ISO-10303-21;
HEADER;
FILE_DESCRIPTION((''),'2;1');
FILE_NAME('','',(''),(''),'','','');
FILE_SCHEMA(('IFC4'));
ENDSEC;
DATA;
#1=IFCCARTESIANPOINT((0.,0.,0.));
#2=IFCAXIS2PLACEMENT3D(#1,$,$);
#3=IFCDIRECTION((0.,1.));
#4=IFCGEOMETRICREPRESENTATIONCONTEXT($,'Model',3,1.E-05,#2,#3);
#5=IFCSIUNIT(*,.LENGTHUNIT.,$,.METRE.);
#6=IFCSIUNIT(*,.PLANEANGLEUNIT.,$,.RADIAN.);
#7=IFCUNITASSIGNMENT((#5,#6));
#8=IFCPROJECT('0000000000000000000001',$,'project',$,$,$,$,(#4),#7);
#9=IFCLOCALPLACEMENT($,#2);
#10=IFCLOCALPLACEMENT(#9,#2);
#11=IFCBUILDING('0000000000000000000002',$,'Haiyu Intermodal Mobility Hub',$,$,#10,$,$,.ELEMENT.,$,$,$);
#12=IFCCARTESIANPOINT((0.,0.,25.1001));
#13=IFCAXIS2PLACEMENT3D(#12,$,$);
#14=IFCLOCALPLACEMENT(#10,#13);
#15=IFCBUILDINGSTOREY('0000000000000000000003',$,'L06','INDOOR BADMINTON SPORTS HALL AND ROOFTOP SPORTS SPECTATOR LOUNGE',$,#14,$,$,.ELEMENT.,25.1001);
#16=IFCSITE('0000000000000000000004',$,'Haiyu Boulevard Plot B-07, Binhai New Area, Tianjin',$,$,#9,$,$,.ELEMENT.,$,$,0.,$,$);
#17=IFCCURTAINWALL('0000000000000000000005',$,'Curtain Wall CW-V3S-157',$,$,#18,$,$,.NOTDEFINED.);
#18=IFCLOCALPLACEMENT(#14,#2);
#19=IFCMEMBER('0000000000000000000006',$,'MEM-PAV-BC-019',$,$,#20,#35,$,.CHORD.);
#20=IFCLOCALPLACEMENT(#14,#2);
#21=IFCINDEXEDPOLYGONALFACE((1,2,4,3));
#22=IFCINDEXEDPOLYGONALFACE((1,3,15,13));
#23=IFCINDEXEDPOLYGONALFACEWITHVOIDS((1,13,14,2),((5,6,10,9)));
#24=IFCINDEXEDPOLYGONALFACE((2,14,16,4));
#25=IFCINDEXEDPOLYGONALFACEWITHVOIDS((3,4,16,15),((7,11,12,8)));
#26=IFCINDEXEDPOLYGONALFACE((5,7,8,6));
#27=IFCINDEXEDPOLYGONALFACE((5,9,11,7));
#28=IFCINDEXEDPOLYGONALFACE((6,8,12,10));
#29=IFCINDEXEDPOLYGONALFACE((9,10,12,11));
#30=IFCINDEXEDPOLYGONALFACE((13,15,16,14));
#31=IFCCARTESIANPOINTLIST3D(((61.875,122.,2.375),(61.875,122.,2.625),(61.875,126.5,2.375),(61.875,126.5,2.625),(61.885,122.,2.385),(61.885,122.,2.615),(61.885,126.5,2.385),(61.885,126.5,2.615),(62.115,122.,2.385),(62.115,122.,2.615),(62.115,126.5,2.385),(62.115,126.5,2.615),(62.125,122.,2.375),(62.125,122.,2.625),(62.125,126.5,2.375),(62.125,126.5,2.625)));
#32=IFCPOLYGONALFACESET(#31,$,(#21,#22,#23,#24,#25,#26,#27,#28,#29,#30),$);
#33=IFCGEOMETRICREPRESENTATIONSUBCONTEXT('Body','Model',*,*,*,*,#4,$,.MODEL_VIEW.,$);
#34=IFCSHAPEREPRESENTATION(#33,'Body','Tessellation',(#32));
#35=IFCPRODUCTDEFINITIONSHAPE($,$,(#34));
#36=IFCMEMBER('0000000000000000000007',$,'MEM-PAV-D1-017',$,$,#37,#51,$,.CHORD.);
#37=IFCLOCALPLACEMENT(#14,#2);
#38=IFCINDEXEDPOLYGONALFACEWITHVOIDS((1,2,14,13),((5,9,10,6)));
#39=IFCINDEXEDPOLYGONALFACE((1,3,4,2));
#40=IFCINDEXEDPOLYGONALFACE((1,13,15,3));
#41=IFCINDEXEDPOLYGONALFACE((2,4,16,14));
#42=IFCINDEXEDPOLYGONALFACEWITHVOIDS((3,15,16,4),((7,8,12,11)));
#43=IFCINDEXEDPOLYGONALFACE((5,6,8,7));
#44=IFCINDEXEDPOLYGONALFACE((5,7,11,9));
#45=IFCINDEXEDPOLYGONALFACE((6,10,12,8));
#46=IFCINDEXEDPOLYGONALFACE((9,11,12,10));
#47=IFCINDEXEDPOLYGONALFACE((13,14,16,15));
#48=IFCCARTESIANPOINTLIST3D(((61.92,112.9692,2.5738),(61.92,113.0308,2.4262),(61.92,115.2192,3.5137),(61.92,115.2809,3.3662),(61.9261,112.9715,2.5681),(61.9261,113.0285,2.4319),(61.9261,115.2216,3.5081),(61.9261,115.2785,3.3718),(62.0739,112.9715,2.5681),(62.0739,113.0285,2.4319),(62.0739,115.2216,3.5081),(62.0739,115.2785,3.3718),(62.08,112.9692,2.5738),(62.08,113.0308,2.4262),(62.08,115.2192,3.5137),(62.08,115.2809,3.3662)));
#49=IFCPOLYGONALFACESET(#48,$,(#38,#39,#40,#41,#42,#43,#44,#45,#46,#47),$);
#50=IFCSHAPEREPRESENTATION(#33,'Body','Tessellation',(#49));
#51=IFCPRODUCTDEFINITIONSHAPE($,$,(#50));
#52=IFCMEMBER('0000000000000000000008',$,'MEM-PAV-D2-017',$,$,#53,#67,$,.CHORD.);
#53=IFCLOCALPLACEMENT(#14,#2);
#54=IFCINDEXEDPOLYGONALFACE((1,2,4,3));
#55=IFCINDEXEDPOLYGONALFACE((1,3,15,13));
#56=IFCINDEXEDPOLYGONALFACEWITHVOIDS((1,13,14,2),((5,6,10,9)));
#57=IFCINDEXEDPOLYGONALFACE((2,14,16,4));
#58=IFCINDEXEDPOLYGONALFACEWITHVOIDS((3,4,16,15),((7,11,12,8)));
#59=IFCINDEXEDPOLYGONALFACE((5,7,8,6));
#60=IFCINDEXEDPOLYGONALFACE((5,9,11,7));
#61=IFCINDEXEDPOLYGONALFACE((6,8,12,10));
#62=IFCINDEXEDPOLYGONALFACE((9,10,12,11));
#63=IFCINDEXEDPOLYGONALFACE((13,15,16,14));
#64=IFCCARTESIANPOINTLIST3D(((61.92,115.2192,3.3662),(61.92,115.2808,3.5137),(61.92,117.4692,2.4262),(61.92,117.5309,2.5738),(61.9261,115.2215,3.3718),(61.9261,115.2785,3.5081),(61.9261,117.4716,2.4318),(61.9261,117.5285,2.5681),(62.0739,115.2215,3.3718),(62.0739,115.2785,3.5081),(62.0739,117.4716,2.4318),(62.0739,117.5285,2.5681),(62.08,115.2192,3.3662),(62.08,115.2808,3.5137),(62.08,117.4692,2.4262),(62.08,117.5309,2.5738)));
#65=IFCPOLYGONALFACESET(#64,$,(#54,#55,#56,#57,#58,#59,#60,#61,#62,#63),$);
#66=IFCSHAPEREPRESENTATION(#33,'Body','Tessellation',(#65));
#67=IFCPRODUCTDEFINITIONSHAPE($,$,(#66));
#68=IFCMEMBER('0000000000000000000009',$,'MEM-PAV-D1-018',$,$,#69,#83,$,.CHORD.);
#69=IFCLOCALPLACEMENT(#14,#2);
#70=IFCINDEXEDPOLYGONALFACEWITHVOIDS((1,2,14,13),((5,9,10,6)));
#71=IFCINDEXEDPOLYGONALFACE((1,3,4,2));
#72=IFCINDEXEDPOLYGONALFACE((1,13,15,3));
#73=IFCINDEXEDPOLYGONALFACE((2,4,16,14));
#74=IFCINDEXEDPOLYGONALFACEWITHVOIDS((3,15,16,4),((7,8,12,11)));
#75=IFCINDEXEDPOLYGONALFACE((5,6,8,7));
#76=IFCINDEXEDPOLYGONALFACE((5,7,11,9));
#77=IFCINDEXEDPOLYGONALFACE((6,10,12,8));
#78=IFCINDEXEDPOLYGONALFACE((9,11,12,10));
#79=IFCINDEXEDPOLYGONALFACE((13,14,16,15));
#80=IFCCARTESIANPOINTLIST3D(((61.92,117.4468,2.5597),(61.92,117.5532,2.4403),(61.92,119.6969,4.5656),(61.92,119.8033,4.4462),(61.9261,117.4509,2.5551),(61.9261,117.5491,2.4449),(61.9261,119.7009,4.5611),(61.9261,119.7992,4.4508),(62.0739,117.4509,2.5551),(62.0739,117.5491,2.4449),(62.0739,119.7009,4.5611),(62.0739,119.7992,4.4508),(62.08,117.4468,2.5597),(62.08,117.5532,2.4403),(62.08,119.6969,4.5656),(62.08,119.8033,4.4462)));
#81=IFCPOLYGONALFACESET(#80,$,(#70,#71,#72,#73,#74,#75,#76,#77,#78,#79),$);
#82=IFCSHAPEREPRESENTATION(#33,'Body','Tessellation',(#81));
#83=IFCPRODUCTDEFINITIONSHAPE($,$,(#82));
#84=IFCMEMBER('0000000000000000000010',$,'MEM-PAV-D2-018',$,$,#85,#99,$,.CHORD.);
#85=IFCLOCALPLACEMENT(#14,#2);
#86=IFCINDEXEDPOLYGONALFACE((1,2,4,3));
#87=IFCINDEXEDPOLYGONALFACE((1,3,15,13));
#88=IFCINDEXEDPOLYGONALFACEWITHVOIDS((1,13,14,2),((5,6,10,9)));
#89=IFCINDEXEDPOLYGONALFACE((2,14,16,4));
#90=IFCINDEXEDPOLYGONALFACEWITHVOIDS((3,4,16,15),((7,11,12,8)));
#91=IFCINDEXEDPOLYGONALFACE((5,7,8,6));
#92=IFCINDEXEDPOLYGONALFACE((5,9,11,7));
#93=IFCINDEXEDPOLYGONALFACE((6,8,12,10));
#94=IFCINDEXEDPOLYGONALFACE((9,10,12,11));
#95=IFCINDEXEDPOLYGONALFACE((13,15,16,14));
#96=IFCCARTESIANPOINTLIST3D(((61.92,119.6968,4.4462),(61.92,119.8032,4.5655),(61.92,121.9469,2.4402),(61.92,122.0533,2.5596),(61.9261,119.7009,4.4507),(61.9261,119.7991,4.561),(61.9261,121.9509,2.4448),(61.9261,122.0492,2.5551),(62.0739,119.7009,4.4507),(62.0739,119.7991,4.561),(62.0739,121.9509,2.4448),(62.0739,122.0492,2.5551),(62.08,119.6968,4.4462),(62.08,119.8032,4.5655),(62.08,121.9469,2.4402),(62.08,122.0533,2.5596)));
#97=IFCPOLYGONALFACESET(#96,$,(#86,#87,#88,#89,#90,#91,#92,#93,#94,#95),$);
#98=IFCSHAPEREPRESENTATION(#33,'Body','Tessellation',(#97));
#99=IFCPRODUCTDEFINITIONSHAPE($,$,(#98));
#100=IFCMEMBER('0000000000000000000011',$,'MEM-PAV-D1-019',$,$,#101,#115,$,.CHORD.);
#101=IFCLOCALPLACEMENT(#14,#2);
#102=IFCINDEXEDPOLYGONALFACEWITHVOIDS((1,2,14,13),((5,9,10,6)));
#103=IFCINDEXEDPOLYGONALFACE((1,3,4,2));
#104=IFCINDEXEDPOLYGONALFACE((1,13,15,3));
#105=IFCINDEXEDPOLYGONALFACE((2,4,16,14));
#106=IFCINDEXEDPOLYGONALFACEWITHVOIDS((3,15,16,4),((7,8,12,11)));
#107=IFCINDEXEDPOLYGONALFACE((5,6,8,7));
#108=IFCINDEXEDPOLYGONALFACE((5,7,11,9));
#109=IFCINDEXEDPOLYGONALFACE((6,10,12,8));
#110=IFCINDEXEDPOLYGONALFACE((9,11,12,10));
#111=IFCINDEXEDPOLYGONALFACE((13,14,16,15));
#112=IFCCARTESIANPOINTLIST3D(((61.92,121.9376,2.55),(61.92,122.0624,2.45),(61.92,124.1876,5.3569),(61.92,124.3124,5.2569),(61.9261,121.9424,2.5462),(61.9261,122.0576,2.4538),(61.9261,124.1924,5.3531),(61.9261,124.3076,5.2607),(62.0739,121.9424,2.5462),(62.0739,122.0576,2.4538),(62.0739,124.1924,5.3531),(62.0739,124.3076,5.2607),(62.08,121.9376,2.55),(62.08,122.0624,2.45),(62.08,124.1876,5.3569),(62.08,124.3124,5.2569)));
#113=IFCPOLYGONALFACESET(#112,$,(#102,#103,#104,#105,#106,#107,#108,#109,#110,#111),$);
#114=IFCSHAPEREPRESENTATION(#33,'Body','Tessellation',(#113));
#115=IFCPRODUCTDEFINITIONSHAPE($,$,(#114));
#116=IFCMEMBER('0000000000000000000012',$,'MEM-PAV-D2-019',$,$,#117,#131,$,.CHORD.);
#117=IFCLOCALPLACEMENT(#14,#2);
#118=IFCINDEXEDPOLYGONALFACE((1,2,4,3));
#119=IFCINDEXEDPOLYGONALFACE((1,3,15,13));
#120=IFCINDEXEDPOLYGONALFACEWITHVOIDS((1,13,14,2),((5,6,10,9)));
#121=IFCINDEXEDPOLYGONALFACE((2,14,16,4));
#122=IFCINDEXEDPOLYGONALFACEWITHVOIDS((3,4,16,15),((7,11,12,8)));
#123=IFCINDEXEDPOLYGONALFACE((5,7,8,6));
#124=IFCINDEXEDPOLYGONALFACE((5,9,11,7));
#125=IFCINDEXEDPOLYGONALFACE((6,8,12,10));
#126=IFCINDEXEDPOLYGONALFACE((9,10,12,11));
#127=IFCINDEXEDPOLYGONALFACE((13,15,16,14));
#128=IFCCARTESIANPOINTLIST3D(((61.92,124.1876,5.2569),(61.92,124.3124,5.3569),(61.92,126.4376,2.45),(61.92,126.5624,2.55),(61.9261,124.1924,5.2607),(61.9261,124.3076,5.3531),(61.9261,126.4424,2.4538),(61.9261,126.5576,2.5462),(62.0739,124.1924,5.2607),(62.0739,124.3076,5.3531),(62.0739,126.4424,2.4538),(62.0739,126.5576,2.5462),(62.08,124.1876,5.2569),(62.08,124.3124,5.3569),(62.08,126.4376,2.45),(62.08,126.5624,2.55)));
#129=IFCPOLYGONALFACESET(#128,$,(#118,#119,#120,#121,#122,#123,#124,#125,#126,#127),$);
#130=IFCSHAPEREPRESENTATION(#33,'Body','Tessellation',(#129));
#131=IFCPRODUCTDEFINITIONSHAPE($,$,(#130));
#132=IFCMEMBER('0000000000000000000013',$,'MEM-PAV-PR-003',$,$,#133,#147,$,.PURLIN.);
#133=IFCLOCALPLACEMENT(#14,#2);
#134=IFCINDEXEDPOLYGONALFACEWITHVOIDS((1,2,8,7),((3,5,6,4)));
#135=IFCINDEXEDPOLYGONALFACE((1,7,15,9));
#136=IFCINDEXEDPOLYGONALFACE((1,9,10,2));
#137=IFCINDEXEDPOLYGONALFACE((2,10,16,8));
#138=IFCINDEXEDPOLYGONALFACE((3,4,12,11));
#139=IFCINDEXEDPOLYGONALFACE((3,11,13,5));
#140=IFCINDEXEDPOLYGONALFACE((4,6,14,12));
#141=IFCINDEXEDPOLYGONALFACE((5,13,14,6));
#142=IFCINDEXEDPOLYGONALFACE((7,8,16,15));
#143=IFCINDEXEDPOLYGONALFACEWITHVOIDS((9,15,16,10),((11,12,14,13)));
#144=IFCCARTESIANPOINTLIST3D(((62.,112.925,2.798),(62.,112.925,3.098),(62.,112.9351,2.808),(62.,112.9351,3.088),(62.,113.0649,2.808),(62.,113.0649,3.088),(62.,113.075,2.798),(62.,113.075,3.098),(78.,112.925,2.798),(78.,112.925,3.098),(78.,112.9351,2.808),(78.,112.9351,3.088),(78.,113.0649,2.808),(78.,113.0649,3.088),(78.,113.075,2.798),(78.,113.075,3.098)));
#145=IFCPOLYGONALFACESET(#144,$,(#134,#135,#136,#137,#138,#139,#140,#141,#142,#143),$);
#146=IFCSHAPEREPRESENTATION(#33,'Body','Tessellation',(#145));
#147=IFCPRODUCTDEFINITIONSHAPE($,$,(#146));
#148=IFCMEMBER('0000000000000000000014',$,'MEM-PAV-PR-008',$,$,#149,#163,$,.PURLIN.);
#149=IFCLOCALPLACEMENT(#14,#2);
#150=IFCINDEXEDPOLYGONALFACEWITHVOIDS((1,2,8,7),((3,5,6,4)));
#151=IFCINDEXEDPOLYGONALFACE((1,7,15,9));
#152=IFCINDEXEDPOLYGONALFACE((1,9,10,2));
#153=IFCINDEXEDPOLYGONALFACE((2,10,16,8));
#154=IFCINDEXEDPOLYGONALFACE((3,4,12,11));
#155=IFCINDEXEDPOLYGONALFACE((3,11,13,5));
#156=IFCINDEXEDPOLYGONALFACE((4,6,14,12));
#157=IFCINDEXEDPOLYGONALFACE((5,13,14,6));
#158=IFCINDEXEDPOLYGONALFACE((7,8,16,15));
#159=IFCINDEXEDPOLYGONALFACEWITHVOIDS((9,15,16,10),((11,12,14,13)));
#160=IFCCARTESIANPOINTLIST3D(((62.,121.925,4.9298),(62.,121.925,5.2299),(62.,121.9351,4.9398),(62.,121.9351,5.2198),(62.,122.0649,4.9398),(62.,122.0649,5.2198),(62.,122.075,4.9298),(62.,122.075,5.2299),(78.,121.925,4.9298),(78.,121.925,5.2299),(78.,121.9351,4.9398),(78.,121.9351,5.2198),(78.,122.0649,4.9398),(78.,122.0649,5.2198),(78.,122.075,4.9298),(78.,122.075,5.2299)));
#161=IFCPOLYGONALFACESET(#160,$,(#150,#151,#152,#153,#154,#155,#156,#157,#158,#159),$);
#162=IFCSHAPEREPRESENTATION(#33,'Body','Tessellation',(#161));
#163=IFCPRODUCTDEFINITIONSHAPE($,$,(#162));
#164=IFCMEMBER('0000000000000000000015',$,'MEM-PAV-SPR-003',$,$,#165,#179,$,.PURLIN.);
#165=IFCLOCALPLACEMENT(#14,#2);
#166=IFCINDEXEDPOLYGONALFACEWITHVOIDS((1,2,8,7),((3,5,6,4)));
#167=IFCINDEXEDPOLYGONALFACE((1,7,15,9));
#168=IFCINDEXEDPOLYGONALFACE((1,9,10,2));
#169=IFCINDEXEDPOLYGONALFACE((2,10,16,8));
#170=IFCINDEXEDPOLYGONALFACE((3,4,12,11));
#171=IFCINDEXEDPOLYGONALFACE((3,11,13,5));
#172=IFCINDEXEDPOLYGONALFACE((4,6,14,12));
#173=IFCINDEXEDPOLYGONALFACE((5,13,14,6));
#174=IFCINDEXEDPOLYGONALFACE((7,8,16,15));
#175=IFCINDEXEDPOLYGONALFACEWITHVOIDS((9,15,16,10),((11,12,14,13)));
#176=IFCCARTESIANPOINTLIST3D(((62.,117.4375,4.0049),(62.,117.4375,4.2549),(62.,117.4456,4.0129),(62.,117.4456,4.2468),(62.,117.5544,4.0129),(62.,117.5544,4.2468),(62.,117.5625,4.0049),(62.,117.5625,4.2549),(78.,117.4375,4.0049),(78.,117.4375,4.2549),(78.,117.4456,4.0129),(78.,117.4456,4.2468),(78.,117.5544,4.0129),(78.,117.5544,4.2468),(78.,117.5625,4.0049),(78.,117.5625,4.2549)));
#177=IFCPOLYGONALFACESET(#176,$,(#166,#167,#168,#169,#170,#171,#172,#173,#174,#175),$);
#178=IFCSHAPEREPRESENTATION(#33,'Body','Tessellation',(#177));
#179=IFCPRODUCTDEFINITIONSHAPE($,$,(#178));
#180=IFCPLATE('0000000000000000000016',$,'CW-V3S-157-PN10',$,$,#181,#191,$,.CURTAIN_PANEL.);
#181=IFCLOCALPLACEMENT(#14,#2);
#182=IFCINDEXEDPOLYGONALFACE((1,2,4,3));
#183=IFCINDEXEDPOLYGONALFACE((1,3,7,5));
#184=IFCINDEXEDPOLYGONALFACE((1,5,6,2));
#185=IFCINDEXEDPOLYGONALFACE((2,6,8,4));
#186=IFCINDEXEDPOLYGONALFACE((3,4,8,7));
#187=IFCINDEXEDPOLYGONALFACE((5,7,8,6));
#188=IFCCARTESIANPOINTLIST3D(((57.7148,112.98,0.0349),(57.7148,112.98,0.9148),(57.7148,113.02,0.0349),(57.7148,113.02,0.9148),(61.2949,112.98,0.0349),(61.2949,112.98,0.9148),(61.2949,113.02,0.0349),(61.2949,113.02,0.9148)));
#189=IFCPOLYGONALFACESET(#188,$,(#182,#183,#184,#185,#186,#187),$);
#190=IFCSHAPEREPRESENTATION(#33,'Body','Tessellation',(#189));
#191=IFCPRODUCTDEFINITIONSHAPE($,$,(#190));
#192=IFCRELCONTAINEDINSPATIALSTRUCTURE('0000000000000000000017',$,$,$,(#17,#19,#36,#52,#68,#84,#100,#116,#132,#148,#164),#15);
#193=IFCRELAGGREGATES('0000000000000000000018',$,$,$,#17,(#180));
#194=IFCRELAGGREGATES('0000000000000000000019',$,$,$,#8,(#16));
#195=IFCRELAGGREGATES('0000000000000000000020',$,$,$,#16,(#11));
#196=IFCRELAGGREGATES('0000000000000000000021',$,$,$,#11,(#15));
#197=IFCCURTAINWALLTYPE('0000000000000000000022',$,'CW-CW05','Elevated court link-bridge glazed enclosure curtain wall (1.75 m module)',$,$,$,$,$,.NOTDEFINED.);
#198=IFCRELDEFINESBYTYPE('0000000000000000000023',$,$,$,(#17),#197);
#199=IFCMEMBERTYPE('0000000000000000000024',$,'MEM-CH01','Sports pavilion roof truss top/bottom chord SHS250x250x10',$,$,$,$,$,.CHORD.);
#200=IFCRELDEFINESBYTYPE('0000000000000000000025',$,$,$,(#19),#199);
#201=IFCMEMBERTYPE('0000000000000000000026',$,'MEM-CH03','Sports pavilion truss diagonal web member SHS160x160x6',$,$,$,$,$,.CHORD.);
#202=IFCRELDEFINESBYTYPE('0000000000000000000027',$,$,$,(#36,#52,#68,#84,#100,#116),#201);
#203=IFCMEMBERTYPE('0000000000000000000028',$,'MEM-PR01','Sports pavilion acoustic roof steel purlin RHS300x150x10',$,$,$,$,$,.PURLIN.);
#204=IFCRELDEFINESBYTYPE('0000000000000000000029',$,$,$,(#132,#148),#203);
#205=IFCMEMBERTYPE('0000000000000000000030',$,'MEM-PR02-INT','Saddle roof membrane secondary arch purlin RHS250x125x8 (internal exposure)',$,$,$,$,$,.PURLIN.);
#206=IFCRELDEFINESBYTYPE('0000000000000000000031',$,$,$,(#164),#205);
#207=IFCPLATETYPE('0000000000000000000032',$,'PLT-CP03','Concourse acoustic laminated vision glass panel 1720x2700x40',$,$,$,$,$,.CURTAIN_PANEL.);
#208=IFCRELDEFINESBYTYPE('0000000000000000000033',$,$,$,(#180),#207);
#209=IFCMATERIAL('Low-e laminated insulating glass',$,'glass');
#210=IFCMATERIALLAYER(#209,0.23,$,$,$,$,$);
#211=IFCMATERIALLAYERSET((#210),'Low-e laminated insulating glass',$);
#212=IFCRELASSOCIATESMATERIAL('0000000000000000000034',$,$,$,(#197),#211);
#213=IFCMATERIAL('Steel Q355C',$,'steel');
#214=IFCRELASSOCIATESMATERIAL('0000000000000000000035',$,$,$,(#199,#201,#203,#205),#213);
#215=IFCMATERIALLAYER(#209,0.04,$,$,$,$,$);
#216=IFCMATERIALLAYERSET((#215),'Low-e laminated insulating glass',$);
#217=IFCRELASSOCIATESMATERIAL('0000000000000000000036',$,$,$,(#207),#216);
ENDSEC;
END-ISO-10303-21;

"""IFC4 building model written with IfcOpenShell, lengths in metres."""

from ifc_helpers import new_model, si_unit, direction, frame, origin, origin_2d, place, context, subcontext, project, spatial, rectangle, hollow_rectangle, extrude, material, layer, layer_set, material_profile, profile_set, type_object, element, aggregate, save


model = new_model("IFC4")

# Units and contexts
model_context = context("Model", 3, precision=1e-05, world=origin(), true_north=direction((0.0, 1.0)))
body_context = subcontext(model_context, "Body", "Model", "MODEL_VIEW")
ifc_project = project(units=[si_unit("LENGTHUNIT", "METRE"), si_unit("PLANEANGLEUNIT", "RADIAN")], contexts=[model_context])

# Site, building, storey
site_placement = place(None, origin())
site = spatial("IfcSite", under=ifc_project, at=site_placement, Name="Haiyu Boulevard Plot B-07, Binhai New Area, Tianjin", CompositionType="ELEMENT", RefElevation=0.0)
building_placement = place(site_placement, origin())
building = spatial("IfcBuilding", under=site, at=building_placement, Name="Haiyu Intermodal Mobility Hub", CompositionType="ELEMENT")
storey_placement = place(building_placement, frame((0.0, 0.0, 25.1001)))
storey = spatial("IfcBuildingStorey", under=building, at=storey_placement, Name="L06", Description="INDOOR BADMINTON SPORTS HALL AND ROOFTOP SPORTS SPECTATOR LOUNGE", CompositionType="ELEMENT", Elevation=25.1001)

# Shared definitions
ifc_material_1 = material(Name="Steel Q355C", Category="steel")

# Curtain wall
ifc_material_2 = material(Name="Low-e laminated insulating glass", Category="glass")
ifc_layer_1 = layer(ifc_material_2, 0.23)
ifc_layer_set_1 = layer_set([ifc_layer_1], Name="Low-e laminated insulating glass")
curtain_wall_type = type_object("IfcCurtainWallType", Name="CW-CW05", Description="Elevated court link-bridge glazed enclosure curtain wall (1.75 m module)", PredefinedType="NOTDEFINED", material=ifc_layer_set_1)
curtain_wall_placement = place(storey_placement, origin())
curtain_wall = element("IfcCurtainWall", 1, at=curtain_wall_placement, inside=storey, type_object=curtain_wall_type, Name="Curtain Wall CW-V3S-157", PredefinedType="NOTDEFINED")

# Members
ifc_material_profile_1 = material_profile(ifc_material_1, hollow_rectangle(XDim=0.25, YDim=0.25, WallThickness=0.01, at=origin_2d()), Name="SHS250x250x10")
ifc_profile_set_1 = profile_set([ifc_material_profile_1], Name="Steel Q355C")
member_type_1 = type_object("IfcMemberType", Name="MEM-CH01", Description="Sports pavilion roof truss top/bottom chord SHS250x250x10", PredefinedType="CHORD", material=ifc_profile_set_1)
member_1_placement = place(storey_placement, frame((62.0, 122.0, 2.5), z_axis=(0.0, 1.0, 0.0), x_axis=(-1.0, 0.0, 0.0)))
element("IfcMember", 2, at=member_1_placement, inside=storey, type_object=member_type_1, Name="MEM-PAV-BC-019", PredefinedType="CHORD", context=body_context, shape_type="SweptSolid", body=[
    extrude(hollow_rectangle(XDim=0.25, YDim=0.25, WallThickness=0.01, at=origin_2d()), origin(), (0.0, 0.0, 1.0), 4.5),
])
ifc_material_profile_2 = material_profile(ifc_material_1, hollow_rectangle(XDim=0.1599, YDim=0.1599, WallThickness=0.0061, at=origin_2d()), Name="SHS160x160x6")
ifc_profile_set_2 = profile_set([ifc_material_profile_2], Name="Steel Q355C")
member_type_2 = type_object("IfcMemberType", Name="MEM-CH03", Description="Sports pavilion truss diagonal web member SHS160x160x6", PredefinedType="CHORD", material=ifc_profile_set_2)
for number, where, z_axis, x_axis, name in (
    (3, (62.0, 113.0, 2.5), (0.0, 0.922721, 0.385468), (-1.0, 0.0, 0.0), "MEM-PAV-D1-017"),
    (4, (62.0, 115.25, 3.4399), (0.0, 0.922721, -0.385468), (-1.0, 0.0, 0.0), "MEM-PAV-D2-017"),
):
    element("IfcMember", number, at=place(storey_placement, frame(where, z_axis=z_axis, x_axis=x_axis)), inside=storey, type_object=member_type_2, Name=name, PredefinedType="CHORD", context=body_context, shape_type="SweptSolid", body=[
        extrude(hollow_rectangle(XDim=0.1599, YDim=0.1599, WallThickness=0.0061, at=origin_2d()), origin(), (0.0, 0.0, 1.0), 2.4385),
    ])
for number, where, z_axis, x_axis, name in (
    (5, (62.0, 117.5, 2.5), (0.0, 0.746443, 0.665449), (-1.0, 0.0, 0.0), "MEM-PAV-D1-018"),
    (6, (62.0, 119.75, 4.5059), (0.0, 0.746443, -0.665449), (-1.0, 0.0, 0.0), "MEM-PAV-D2-018"),
):
    element("IfcMember", number, at=place(storey_placement, frame(where, z_axis=z_axis, x_axis=x_axis)), inside=storey, type_object=member_type_2, Name=name, PredefinedType="CHORD", context=body_context, shape_type="SweptSolid", body=[
        extrude(hollow_rectangle(XDim=0.1599, YDim=0.1599, WallThickness=0.0061, at=origin_2d()), origin(), (0.0, 0.0, 1.0), 3.0144),
    ])
for number, where, z_axis, x_axis, name in (
    (7, (62.0, 122.0, 2.5), (0.0, 0.625456, 0.780259), (-1.0, 0.0, 0.0), "MEM-PAV-D1-019"),
    (8, (62.0, 124.25, 5.3069), (0.0, 0.625456, -0.780259), (-1.0, 0.0, 0.0), "MEM-PAV-D2-019"),
):
    element("IfcMember", number, at=place(storey_placement, frame(where, z_axis=z_axis, x_axis=x_axis)), inside=storey, type_object=member_type_2, Name=name, PredefinedType="CHORD", context=body_context, shape_type="SweptSolid", body=[
        extrude(hollow_rectangle(XDim=0.1599, YDim=0.1599, WallThickness=0.0061, at=origin_2d()), origin(), (0.0, 0.0, 1.0), 3.5974),
    ])
ifc_material_profile_3 = material_profile(ifc_material_1, hollow_rectangle(XDim=0.1499, YDim=0.3, WallThickness=0.01, at=origin_2d()), Name="RHS300x150x10")
ifc_profile_set_3 = profile_set([ifc_material_profile_3], Name="Steel Q355C")
member_type_3 = type_object("IfcMemberType", Name="MEM-PR01", Description="Sports pavilion acoustic roof steel purlin RHS300x150x10", PredefinedType="PURLIN", material=ifc_profile_set_3)
for number, where, z_axis, x_axis, name in (
    (9, (62.0, 113.0, 2.948), (1.0, 0.0, 0.0), (0.0, 1.0, 0.0), "MEM-PAV-PR-003"),
    (10, (62.0, 122.0, 5.0798), (1.0, 0.0, 0.0), (0.0, 1.0, 0.0), "MEM-PAV-PR-008"),
):
    element("IfcMember", number, at=place(storey_placement, frame(where, z_axis=z_axis, x_axis=x_axis)), inside=storey, type_object=member_type_3, Name=name, PredefinedType="PURLIN", context=body_context, shape_type="SweptSolid", body=[
        extrude(hollow_rectangle(XDim=0.1499, YDim=0.3, WallThickness=0.01, at=origin_2d()), origin(), (0.0, 0.0, 1.0), 16.0),
    ])
ifc_material_profile_4 = material_profile(ifc_material_1, hollow_rectangle(XDim=0.125, YDim=0.25, WallThickness=0.0081, at=origin_2d()), Name="RHS250x125x8")
ifc_profile_set_4 = profile_set([ifc_material_profile_4], Name="Steel Q355C")
member_type_4 = type_object("IfcMemberType", Name="MEM-PR02-INT", Description="Saddle roof membrane secondary arch purlin RHS250x125x8 (internal exposure)", PredefinedType="PURLIN", material=ifc_profile_set_4)
member_2_placement = place(storey_placement, frame((62.0, 117.5, 4.1299), z_axis=(1.0, 0.0, 0.0), x_axis=(0.0, 1.0, 0.0)))
element("IfcMember", 11, at=member_2_placement, inside=storey, type_object=member_type_4, Name="MEM-PAV-SPR-003", PredefinedType="PURLIN", context=body_context, shape_type="SweptSolid", body=[
    extrude(hollow_rectangle(XDim=0.125, YDim=0.25, WallThickness=0.0081, at=origin_2d()), origin(), (0.0, 0.0, 1.0), 16.0),
])

# Plate
ifc_layer_2 = layer(ifc_material_2, 0.04)
ifc_layer_set_2 = layer_set([ifc_layer_2], Name="Low-e laminated insulating glass")
plate_type_1 = type_object("IfcPlateType", Name="PLT-CP03", Description="Concourse acoustic laminated vision glass panel 1720x2700x40", PredefinedType="CURTAIN_PANEL", material=ifc_layer_set_2)
plate_1_placement = place(storey_placement, frame((59.5049, 113.0, 0.0349), z_axis=(0.0, 0.0, 1.0), x_axis=(1.0, 0.0, 0.0)))
plate_1 = element("IfcPlate", 12, at=plate_1_placement, type_object=plate_type_1, Name="CW-V3S-157-PN10", PredefinedType="CURTAIN_PANEL", context=body_context, shape_type="SweptSolid", body=[
    extrude(rectangle(XDim=3.5801, YDim=0.04, at=origin_2d()), origin(), (0.0, 0.0, 1.0), 0.8799),
])
aggregate(curtain_wall, [plate_1])

save(model, "model.ifc")
